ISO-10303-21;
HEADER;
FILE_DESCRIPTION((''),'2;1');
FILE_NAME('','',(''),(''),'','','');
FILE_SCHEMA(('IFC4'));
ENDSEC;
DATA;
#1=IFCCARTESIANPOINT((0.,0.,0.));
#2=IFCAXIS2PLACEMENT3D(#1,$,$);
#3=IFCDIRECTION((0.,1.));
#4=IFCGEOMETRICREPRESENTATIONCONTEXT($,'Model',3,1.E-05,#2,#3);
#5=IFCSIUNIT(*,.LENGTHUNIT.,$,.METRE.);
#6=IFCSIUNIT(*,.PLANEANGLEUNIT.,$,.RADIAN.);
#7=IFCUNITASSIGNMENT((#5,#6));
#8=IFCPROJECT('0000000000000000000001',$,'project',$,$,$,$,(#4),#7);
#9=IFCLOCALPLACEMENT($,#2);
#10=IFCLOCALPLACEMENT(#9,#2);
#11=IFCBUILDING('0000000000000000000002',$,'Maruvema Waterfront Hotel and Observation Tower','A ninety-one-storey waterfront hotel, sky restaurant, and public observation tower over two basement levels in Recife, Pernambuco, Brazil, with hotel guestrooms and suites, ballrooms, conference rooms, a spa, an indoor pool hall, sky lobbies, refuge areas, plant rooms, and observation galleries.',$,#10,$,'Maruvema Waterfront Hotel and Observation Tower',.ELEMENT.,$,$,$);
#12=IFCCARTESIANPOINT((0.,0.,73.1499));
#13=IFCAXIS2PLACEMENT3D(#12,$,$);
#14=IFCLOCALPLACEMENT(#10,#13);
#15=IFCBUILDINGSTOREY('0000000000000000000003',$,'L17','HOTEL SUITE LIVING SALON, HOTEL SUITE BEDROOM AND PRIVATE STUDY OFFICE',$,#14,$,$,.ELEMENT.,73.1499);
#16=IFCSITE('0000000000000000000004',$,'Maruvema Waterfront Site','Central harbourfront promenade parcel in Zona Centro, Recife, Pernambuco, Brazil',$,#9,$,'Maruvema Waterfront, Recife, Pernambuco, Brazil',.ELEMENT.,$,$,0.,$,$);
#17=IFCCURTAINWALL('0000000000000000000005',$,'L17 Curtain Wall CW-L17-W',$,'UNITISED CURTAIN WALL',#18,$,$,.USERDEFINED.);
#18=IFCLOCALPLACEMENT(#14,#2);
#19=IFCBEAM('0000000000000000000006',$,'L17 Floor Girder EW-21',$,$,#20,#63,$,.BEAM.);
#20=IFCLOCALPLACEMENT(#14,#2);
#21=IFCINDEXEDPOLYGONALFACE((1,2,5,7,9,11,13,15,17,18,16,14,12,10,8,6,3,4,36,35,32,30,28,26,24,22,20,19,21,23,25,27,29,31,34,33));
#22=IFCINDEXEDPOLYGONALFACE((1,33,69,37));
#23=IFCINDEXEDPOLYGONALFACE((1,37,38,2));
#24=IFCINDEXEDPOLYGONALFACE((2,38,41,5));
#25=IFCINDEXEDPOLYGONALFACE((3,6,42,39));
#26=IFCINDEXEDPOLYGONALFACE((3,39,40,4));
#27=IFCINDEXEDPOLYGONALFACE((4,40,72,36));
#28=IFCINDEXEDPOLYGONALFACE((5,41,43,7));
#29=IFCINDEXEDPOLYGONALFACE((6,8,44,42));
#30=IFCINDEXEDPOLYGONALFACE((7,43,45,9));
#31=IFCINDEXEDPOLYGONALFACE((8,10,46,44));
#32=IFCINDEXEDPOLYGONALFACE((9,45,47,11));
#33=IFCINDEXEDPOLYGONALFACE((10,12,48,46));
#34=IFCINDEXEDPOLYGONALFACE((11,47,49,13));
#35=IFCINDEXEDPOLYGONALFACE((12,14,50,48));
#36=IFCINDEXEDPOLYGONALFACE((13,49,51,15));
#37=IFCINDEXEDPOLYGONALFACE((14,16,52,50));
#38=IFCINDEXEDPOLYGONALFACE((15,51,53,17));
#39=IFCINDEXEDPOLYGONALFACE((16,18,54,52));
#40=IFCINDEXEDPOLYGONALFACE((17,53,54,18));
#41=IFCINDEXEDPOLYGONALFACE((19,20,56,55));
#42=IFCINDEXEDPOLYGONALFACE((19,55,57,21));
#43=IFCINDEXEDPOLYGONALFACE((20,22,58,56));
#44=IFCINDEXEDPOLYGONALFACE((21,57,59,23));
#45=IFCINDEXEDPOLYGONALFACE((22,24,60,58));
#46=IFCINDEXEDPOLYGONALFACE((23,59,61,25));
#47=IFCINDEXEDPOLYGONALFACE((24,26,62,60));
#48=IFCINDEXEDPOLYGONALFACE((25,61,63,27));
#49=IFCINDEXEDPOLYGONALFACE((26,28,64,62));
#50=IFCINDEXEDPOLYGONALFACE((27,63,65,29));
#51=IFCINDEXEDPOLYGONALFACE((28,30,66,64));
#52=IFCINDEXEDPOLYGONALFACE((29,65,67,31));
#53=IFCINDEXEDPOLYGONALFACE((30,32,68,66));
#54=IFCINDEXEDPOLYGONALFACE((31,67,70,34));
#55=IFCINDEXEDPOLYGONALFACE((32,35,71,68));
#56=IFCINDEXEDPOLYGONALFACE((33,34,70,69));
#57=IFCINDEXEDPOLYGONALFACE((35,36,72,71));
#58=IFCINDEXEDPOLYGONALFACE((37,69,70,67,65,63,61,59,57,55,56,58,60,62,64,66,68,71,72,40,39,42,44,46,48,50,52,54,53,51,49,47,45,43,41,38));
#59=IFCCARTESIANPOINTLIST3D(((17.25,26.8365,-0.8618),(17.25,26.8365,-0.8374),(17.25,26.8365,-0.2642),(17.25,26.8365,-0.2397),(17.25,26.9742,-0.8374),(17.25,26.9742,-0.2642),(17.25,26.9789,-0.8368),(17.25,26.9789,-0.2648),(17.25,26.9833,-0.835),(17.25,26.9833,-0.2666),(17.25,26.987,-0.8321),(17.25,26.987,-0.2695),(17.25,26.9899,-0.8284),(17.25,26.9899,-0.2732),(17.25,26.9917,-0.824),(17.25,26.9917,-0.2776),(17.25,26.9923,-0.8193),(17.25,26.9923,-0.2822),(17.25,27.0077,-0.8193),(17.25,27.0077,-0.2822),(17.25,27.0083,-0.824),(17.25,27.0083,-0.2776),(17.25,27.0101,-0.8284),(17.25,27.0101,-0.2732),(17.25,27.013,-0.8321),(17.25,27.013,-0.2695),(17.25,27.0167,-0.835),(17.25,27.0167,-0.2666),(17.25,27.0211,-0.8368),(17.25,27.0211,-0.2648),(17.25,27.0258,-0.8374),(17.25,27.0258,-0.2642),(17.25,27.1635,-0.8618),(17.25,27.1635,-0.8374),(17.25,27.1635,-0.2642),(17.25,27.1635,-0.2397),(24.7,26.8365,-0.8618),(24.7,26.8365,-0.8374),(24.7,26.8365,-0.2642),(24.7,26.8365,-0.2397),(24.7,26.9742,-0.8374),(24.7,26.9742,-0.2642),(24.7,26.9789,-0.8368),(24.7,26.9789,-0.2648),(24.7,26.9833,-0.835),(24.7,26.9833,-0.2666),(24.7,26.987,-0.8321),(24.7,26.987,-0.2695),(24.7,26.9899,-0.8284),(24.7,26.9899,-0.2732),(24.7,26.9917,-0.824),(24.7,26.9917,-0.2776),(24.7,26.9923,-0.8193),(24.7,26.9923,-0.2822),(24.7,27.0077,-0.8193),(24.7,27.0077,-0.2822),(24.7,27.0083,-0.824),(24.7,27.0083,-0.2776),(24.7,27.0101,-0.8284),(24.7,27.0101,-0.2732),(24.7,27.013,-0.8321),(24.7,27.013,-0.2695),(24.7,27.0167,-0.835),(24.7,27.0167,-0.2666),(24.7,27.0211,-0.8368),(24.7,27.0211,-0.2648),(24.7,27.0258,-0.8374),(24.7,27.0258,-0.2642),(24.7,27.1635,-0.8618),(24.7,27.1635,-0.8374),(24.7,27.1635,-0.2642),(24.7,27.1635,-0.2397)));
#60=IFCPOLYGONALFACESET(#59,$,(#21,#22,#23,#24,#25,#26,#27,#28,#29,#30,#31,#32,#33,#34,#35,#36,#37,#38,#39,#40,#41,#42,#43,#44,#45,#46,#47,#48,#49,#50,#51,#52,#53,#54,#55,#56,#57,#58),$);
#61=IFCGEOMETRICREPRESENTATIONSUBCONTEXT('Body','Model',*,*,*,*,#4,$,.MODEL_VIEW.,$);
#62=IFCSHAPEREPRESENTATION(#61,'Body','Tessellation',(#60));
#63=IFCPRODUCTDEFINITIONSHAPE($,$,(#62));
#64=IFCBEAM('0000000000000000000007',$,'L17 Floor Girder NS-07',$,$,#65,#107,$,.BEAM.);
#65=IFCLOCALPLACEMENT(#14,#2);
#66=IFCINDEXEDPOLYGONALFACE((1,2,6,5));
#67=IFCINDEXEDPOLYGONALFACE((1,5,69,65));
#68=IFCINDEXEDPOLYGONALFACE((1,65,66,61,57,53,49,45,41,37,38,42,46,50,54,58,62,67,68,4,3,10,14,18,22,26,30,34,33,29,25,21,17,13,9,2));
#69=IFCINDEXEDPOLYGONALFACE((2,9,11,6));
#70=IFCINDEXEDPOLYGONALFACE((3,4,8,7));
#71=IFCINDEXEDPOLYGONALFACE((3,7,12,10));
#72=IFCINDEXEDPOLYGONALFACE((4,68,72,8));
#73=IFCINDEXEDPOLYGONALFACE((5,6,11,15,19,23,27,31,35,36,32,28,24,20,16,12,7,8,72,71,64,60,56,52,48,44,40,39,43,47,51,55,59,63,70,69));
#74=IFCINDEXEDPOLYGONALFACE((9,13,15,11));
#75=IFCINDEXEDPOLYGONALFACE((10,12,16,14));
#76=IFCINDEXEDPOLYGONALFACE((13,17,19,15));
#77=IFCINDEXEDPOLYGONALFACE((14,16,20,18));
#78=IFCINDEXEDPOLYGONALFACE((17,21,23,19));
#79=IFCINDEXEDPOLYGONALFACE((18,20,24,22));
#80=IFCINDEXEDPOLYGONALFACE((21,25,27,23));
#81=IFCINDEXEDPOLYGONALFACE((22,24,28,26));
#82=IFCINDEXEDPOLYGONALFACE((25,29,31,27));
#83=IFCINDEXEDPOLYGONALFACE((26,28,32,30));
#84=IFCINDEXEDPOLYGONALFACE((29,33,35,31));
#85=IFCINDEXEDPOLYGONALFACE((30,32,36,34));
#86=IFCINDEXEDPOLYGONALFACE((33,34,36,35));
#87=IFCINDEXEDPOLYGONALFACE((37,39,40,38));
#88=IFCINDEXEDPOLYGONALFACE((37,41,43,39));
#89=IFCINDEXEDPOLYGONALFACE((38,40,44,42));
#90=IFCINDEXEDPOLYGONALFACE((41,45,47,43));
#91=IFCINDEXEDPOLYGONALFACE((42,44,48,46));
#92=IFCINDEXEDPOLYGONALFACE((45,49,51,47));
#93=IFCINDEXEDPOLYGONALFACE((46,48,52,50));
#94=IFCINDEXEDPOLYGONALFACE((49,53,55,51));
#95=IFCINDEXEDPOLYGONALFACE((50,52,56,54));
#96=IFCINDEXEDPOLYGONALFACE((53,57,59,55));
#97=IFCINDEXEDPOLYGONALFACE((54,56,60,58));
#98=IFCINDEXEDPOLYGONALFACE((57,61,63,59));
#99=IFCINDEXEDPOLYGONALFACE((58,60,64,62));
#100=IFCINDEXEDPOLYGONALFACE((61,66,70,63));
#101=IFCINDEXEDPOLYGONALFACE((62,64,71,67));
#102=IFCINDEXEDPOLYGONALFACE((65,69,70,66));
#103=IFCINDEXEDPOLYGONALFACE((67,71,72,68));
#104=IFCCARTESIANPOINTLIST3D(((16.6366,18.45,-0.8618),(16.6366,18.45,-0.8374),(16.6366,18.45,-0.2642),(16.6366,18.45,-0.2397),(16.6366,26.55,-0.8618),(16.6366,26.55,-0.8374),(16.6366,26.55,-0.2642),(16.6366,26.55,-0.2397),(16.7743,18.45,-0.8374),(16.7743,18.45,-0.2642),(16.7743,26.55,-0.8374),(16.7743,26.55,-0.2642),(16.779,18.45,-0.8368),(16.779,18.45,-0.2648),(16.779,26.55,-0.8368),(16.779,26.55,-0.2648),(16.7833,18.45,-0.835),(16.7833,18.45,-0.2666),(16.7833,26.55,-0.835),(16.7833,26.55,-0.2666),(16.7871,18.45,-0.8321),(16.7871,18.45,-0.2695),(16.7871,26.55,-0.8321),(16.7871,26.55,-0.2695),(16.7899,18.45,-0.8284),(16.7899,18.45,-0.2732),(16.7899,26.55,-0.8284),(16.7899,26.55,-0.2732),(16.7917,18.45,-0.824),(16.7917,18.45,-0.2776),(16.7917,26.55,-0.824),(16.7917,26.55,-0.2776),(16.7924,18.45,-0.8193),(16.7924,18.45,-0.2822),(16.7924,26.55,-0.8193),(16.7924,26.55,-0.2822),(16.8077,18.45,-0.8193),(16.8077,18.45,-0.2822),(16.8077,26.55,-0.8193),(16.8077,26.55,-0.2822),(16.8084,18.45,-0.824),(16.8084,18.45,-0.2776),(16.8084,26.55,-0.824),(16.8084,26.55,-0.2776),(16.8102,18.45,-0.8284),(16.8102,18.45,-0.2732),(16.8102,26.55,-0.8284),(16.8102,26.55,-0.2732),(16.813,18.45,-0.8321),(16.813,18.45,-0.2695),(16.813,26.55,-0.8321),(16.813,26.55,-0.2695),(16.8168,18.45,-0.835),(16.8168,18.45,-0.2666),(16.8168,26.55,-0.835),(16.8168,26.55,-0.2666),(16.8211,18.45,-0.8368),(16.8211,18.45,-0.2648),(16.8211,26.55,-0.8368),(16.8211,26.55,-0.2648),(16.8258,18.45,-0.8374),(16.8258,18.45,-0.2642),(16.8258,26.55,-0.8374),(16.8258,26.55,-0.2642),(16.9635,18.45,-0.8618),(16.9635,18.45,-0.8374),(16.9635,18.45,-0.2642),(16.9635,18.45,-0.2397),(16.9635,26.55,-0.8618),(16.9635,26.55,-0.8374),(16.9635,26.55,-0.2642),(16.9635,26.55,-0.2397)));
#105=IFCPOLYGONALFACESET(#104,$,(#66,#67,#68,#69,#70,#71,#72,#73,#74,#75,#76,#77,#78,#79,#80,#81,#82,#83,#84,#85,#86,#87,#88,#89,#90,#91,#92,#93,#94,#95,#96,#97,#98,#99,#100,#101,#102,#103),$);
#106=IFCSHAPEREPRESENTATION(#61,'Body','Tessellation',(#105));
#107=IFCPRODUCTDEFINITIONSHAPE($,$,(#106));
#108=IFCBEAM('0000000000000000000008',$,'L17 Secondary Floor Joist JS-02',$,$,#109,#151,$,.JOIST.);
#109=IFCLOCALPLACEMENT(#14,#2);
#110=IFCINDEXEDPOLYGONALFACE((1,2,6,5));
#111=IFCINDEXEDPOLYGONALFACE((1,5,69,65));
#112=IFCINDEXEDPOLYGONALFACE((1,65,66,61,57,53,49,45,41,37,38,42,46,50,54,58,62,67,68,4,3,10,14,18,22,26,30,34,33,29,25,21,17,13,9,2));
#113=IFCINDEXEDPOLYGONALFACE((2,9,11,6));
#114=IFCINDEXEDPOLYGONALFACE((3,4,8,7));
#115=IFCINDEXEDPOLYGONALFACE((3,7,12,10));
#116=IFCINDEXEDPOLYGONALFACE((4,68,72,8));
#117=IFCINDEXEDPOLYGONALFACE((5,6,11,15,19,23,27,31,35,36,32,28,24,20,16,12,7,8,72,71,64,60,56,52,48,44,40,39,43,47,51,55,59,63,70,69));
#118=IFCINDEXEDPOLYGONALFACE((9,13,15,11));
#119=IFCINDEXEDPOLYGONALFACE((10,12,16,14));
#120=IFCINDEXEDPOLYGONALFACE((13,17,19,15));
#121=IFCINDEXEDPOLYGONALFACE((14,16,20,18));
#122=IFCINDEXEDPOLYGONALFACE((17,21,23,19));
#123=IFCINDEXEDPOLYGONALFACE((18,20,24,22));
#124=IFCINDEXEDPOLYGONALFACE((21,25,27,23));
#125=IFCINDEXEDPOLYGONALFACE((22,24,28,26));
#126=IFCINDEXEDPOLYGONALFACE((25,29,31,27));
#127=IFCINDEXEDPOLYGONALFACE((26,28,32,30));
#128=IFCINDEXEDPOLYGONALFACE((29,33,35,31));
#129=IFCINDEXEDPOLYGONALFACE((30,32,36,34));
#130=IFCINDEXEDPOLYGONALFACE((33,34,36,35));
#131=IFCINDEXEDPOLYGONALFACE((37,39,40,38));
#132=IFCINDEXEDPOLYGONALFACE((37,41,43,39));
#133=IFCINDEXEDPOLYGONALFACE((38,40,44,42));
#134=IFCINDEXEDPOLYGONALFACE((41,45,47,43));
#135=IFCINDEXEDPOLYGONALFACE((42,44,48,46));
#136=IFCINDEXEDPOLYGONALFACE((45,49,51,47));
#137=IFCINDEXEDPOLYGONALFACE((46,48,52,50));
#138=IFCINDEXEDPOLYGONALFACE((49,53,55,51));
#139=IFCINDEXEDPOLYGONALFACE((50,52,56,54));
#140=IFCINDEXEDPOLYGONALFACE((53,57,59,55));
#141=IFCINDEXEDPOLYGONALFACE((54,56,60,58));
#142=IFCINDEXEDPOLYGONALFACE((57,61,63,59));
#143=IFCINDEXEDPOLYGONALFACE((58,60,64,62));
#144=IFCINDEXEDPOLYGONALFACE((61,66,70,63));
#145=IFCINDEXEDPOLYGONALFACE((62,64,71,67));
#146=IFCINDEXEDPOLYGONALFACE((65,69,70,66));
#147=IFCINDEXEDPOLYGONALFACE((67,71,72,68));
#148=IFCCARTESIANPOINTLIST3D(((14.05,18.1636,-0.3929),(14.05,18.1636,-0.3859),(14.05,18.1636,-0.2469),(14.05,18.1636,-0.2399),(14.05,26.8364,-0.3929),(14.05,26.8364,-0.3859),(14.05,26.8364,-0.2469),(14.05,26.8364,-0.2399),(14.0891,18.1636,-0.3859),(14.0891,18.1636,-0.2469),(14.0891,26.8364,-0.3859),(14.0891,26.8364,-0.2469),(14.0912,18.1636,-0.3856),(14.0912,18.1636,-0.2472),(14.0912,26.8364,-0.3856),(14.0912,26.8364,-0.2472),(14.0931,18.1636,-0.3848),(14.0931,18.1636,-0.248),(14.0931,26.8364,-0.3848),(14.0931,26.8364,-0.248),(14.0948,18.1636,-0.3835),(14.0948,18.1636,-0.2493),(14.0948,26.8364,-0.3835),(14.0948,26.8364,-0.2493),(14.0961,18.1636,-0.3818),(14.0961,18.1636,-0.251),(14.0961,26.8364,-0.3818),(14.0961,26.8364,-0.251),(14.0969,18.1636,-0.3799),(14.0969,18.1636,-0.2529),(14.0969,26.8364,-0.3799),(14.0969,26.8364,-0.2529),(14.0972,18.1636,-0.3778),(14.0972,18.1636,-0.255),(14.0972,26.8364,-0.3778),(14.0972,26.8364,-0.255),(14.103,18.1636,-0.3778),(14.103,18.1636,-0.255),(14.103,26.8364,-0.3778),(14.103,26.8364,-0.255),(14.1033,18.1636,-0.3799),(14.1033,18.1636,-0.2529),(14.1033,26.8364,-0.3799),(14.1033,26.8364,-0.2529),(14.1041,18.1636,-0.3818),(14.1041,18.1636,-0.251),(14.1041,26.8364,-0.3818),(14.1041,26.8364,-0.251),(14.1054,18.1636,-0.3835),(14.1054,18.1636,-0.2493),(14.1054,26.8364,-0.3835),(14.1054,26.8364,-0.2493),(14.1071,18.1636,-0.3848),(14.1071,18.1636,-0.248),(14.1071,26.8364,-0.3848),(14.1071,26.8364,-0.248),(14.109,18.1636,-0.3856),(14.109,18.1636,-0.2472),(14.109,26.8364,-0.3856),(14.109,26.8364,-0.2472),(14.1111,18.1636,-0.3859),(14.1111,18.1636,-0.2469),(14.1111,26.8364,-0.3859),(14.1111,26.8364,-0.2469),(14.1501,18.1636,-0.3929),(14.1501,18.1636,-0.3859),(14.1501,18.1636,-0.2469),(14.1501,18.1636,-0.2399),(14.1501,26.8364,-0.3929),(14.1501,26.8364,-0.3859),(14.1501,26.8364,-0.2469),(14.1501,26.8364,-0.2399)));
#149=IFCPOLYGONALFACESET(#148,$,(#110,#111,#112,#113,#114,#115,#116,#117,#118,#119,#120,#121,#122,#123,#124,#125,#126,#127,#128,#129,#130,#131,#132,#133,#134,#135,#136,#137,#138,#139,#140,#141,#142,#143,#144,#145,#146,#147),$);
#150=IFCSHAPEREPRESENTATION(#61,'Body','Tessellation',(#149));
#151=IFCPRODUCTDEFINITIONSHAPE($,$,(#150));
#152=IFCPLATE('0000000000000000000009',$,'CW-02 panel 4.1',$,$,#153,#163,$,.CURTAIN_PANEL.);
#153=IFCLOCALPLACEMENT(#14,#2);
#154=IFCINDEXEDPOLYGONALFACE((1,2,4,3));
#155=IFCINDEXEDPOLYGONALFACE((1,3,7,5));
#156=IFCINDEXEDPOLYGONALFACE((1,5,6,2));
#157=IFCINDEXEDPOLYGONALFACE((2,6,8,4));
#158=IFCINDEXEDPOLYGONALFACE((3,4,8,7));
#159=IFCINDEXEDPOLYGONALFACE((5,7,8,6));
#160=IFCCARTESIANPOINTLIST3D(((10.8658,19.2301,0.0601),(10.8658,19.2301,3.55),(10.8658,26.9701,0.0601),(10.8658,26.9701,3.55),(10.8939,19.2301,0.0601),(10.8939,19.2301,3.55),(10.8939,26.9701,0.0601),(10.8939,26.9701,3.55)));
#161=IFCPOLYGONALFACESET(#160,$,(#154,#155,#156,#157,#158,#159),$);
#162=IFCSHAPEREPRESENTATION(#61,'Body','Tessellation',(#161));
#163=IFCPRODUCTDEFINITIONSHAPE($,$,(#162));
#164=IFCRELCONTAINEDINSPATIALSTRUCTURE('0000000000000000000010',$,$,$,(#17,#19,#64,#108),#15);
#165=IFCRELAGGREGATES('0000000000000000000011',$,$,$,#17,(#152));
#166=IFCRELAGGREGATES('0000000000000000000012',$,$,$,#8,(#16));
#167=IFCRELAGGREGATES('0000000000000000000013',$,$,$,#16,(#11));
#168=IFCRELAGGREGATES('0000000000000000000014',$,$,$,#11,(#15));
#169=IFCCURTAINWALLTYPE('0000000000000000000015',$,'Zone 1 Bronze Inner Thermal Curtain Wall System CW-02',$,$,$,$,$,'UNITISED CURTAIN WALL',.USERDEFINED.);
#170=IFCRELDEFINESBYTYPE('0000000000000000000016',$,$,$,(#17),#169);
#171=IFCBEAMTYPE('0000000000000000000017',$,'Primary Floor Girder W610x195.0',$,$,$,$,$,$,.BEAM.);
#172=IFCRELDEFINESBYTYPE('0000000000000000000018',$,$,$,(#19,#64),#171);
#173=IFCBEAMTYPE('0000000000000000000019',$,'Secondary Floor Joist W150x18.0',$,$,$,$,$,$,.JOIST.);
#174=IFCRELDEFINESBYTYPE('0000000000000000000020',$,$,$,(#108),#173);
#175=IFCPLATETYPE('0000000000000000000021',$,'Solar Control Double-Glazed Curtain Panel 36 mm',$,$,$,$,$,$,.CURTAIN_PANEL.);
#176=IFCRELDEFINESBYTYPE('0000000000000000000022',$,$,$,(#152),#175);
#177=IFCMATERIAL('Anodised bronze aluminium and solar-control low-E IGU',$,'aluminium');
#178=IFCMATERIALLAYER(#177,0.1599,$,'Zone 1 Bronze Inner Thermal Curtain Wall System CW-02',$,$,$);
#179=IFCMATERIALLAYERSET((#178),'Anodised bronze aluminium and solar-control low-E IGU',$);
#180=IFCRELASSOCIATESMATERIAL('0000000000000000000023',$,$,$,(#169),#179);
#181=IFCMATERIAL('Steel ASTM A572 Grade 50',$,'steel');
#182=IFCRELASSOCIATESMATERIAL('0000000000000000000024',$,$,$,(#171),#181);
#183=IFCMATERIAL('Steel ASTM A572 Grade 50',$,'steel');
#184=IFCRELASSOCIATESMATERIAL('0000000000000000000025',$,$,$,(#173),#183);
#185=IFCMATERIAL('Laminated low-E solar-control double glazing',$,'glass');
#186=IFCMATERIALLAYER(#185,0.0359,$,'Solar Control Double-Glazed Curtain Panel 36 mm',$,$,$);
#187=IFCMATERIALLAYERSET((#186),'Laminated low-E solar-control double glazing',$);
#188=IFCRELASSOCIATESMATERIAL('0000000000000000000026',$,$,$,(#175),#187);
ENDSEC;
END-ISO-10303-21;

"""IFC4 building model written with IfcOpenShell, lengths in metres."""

from ifc_helpers import new_model, si_unit, direction, frame, origin, origin_2d, place, context, subcontext, project, spatial, rectangle, i_section, extrude, material, layer, layer_set, material_profile, profile_set, type_object, element, aggregate, save


model = new_model("IFC4")

# Units and contexts
model_context = context("Model", 3, precision=1e-05, world=origin(), true_north=direction((0.0, 1.0)))
body_context = subcontext(model_context, "Body", "Model", "MODEL_VIEW")
ifc_project = project(units=[si_unit("LENGTHUNIT", "METRE"), si_unit("PLANEANGLEUNIT", "RADIAN")], contexts=[model_context])

# Site, building, storey
site_placement = place(None, origin())
site = spatial("IfcSite", under=ifc_project, at=site_placement, Name="Maruvema Waterfront Site", Description="Central harbourfront promenade parcel in Zona Centro, Recife, Pernambuco, Brazil", LongName="Maruvema Waterfront, Recife, Pernambuco, Brazil", CompositionType="ELEMENT", RefElevation=0.0)
building_placement = place(site_placement, origin())
building = spatial("IfcBuilding", under=site, at=building_placement, Name="Maruvema Waterfront Hotel and Observation Tower", Description="A ninety-one-storey waterfront hotel, sky restaurant, and public observation tower over two basement levels in Recife, Pernambuco, Brazil, with hotel guestrooms and suites, ballrooms, conference rooms, a spa, an indoor pool hall, sky lobbies, refuge areas, plant rooms, and observation galleries.", LongName="Maruvema Waterfront Hotel and Observation Tower", CompositionType="ELEMENT")
storey_placement = place(building_placement, frame((0.0, 0.0, 73.1499)))
storey = spatial("IfcBuildingStorey", under=building, at=storey_placement, Name="L17", Description="HOTEL SUITE LIVING SALON, HOTEL SUITE BEDROOM AND PRIVATE STUDY OFFICE", CompositionType="ELEMENT", Elevation=73.1499)

# Curtain wall
ifc_material_1 = material(Name="Anodised bronze aluminium and solar-control low-E IGU", Category="aluminium")
ifc_layer_1 = layer(ifc_material_1, 0.1599, Name="Zone 1 Bronze Inner Thermal Curtain Wall System CW-02")
ifc_layer_set_1 = layer_set([ifc_layer_1], Name="Anodised bronze aluminium and solar-control low-E IGU")
curtain_wall_type = type_object("IfcCurtainWallType", Name="Zone 1 Bronze Inner Thermal Curtain Wall System CW-02", ElementType="UNITISED CURTAIN WALL", PredefinedType="USERDEFINED", material=ifc_layer_set_1)
curtain_wall_placement = place(storey_placement, origin())
curtain_wall = element("IfcCurtainWall", 1, at=curtain_wall_placement, inside=storey, type_object=curtain_wall_type, Name="L17 Curtain Wall CW-L17-W", ObjectType="UNITISED CURTAIN WALL", PredefinedType="USERDEFINED")

# Beams
ifc_material_2 = material(Name="Steel ASTM A572 Grade 50", Category="steel")
ifc_material_profile_1 = material_profile(ifc_material_2, i_section(OverallWidth=0.3269, OverallDepth=0.6221, WebThickness=0.0154, FlangeThickness=0.0244, FilletRadius=0.0181, at=origin_2d()), Name="W610x195.0")
ifc_profile_set_1 = profile_set([ifc_material_profile_1], Name="Steel ASTM A572 Grade 50")
beam_type_1 = type_object("IfcBeamType", Name="Primary Floor Girder W610x195.0", PredefinedType="BEAM", material=ifc_profile_set_1)
beam_1_placement = place(storey_placement, frame((17.25, 27.0, -0.5508), z_axis=(1.0, 0.0, 0.0), x_axis=(0.0, 1.0, 0.0)))
element("IfcBeam", 2, at=beam_1_placement, inside=storey, type_object=beam_type_1, Name="L17 Floor Girder EW-21", PredefinedType="BEAM", context=body_context, shape_type="SweptSolid", body=[
    extrude(i_section(OverallWidth=0.3269, OverallDepth=0.6221, WebThickness=0.0154, FlangeThickness=0.0244, FilletRadius=0.0181, at=origin_2d()), origin(), (0.0, 0.0, 1.0), 7.45),
])
beam_2_placement = place(storey_placement, frame((16.8, 18.45, -0.5508), z_axis=(0.0, 1.0, 0.0), x_axis=(-1.0, 0.0, 0.0)))
element("IfcBeam", 3, at=beam_2_placement, inside=storey, type_object=beam_type_1, Name="L17 Floor Girder NS-07", PredefinedType="BEAM", context=body_context, shape_type="SweptSolid", body=[
    extrude(i_section(OverallWidth=0.3269, OverallDepth=0.6221, WebThickness=0.0154, FlangeThickness=0.0244, FilletRadius=0.0181, at=origin_2d()), origin(), (0.0, 0.0, 1.0), 8.1001),
])
ifc_material_3 = material(Name="Steel ASTM A572 Grade 50", Category="steel")
ifc_material_profile_2 = material_profile(ifc_material_3, i_section(OverallWidth=0.1001, OverallDepth=0.1531, WebThickness=0.0059, FlangeThickness=0.0071, FilletRadius=0.0081, at=origin_2d()), Name="W150x18.0")
ifc_profile_set_2 = profile_set([ifc_material_profile_2], Name="Steel ASTM A572 Grade 50")
beam_type_2 = type_object("IfcBeamType", Name="Secondary Floor Joist W150x18.0", PredefinedType="JOIST", material=ifc_profile_set_2)
beam_3_placement = place(storey_placement, frame((14.1001, 18.1636, -0.3164), z_axis=(0.0, 1.0, 0.0), x_axis=(-1.0, 0.0, 0.0)))
element("IfcBeam", 4, at=beam_3_placement, inside=storey, type_object=beam_type_2, Name="L17 Secondary Floor Joist JS-02", PredefinedType="JOIST", context=body_context, shape_type="SweptSolid", body=[
    extrude(i_section(OverallWidth=0.1001, OverallDepth=0.1531, WebThickness=0.0059, FlangeThickness=0.0071, FilletRadius=0.0081, at=origin_2d()), origin(), (0.0, 0.0, 1.0), 8.6729),
])

# Plate
ifc_material_4 = material(Name="Laminated low-E solar-control double glazing", Category="glass")
ifc_layer_2 = layer(ifc_material_4, 0.0359, Name="Solar Control Double-Glazed Curtain Panel 36 mm")
ifc_layer_set_2 = layer_set([ifc_layer_2], Name="Laminated low-E solar-control double glazing")
plate_type = type_object("IfcPlateType", Name="Solar Control Double-Glazed Curtain Panel 36 mm", PredefinedType="CURTAIN_PANEL", material=ifc_layer_set_2)
plate_placement = place(storey_placement, frame((10.8799, 23.1001, 0.0601), z_axis=(0.0, 0.0, 1.0), x_axis=(0.0, -1.0, 0.0)))
plate = element("IfcPlate", 5, at=plate_placement, type_object=plate_type, Name="CW-02 panel 4.1", PredefinedType="CURTAIN_PANEL", context=body_context, shape_type="SweptSolid", body=[
    extrude(rectangle(XDim=7.74, YDim=0.0281, at=origin_2d()), origin(), (0.0, 0.0, 1.0), 3.49),
])
aggregate(curtain_wall, [plate])

save(model, "model.ifc")
